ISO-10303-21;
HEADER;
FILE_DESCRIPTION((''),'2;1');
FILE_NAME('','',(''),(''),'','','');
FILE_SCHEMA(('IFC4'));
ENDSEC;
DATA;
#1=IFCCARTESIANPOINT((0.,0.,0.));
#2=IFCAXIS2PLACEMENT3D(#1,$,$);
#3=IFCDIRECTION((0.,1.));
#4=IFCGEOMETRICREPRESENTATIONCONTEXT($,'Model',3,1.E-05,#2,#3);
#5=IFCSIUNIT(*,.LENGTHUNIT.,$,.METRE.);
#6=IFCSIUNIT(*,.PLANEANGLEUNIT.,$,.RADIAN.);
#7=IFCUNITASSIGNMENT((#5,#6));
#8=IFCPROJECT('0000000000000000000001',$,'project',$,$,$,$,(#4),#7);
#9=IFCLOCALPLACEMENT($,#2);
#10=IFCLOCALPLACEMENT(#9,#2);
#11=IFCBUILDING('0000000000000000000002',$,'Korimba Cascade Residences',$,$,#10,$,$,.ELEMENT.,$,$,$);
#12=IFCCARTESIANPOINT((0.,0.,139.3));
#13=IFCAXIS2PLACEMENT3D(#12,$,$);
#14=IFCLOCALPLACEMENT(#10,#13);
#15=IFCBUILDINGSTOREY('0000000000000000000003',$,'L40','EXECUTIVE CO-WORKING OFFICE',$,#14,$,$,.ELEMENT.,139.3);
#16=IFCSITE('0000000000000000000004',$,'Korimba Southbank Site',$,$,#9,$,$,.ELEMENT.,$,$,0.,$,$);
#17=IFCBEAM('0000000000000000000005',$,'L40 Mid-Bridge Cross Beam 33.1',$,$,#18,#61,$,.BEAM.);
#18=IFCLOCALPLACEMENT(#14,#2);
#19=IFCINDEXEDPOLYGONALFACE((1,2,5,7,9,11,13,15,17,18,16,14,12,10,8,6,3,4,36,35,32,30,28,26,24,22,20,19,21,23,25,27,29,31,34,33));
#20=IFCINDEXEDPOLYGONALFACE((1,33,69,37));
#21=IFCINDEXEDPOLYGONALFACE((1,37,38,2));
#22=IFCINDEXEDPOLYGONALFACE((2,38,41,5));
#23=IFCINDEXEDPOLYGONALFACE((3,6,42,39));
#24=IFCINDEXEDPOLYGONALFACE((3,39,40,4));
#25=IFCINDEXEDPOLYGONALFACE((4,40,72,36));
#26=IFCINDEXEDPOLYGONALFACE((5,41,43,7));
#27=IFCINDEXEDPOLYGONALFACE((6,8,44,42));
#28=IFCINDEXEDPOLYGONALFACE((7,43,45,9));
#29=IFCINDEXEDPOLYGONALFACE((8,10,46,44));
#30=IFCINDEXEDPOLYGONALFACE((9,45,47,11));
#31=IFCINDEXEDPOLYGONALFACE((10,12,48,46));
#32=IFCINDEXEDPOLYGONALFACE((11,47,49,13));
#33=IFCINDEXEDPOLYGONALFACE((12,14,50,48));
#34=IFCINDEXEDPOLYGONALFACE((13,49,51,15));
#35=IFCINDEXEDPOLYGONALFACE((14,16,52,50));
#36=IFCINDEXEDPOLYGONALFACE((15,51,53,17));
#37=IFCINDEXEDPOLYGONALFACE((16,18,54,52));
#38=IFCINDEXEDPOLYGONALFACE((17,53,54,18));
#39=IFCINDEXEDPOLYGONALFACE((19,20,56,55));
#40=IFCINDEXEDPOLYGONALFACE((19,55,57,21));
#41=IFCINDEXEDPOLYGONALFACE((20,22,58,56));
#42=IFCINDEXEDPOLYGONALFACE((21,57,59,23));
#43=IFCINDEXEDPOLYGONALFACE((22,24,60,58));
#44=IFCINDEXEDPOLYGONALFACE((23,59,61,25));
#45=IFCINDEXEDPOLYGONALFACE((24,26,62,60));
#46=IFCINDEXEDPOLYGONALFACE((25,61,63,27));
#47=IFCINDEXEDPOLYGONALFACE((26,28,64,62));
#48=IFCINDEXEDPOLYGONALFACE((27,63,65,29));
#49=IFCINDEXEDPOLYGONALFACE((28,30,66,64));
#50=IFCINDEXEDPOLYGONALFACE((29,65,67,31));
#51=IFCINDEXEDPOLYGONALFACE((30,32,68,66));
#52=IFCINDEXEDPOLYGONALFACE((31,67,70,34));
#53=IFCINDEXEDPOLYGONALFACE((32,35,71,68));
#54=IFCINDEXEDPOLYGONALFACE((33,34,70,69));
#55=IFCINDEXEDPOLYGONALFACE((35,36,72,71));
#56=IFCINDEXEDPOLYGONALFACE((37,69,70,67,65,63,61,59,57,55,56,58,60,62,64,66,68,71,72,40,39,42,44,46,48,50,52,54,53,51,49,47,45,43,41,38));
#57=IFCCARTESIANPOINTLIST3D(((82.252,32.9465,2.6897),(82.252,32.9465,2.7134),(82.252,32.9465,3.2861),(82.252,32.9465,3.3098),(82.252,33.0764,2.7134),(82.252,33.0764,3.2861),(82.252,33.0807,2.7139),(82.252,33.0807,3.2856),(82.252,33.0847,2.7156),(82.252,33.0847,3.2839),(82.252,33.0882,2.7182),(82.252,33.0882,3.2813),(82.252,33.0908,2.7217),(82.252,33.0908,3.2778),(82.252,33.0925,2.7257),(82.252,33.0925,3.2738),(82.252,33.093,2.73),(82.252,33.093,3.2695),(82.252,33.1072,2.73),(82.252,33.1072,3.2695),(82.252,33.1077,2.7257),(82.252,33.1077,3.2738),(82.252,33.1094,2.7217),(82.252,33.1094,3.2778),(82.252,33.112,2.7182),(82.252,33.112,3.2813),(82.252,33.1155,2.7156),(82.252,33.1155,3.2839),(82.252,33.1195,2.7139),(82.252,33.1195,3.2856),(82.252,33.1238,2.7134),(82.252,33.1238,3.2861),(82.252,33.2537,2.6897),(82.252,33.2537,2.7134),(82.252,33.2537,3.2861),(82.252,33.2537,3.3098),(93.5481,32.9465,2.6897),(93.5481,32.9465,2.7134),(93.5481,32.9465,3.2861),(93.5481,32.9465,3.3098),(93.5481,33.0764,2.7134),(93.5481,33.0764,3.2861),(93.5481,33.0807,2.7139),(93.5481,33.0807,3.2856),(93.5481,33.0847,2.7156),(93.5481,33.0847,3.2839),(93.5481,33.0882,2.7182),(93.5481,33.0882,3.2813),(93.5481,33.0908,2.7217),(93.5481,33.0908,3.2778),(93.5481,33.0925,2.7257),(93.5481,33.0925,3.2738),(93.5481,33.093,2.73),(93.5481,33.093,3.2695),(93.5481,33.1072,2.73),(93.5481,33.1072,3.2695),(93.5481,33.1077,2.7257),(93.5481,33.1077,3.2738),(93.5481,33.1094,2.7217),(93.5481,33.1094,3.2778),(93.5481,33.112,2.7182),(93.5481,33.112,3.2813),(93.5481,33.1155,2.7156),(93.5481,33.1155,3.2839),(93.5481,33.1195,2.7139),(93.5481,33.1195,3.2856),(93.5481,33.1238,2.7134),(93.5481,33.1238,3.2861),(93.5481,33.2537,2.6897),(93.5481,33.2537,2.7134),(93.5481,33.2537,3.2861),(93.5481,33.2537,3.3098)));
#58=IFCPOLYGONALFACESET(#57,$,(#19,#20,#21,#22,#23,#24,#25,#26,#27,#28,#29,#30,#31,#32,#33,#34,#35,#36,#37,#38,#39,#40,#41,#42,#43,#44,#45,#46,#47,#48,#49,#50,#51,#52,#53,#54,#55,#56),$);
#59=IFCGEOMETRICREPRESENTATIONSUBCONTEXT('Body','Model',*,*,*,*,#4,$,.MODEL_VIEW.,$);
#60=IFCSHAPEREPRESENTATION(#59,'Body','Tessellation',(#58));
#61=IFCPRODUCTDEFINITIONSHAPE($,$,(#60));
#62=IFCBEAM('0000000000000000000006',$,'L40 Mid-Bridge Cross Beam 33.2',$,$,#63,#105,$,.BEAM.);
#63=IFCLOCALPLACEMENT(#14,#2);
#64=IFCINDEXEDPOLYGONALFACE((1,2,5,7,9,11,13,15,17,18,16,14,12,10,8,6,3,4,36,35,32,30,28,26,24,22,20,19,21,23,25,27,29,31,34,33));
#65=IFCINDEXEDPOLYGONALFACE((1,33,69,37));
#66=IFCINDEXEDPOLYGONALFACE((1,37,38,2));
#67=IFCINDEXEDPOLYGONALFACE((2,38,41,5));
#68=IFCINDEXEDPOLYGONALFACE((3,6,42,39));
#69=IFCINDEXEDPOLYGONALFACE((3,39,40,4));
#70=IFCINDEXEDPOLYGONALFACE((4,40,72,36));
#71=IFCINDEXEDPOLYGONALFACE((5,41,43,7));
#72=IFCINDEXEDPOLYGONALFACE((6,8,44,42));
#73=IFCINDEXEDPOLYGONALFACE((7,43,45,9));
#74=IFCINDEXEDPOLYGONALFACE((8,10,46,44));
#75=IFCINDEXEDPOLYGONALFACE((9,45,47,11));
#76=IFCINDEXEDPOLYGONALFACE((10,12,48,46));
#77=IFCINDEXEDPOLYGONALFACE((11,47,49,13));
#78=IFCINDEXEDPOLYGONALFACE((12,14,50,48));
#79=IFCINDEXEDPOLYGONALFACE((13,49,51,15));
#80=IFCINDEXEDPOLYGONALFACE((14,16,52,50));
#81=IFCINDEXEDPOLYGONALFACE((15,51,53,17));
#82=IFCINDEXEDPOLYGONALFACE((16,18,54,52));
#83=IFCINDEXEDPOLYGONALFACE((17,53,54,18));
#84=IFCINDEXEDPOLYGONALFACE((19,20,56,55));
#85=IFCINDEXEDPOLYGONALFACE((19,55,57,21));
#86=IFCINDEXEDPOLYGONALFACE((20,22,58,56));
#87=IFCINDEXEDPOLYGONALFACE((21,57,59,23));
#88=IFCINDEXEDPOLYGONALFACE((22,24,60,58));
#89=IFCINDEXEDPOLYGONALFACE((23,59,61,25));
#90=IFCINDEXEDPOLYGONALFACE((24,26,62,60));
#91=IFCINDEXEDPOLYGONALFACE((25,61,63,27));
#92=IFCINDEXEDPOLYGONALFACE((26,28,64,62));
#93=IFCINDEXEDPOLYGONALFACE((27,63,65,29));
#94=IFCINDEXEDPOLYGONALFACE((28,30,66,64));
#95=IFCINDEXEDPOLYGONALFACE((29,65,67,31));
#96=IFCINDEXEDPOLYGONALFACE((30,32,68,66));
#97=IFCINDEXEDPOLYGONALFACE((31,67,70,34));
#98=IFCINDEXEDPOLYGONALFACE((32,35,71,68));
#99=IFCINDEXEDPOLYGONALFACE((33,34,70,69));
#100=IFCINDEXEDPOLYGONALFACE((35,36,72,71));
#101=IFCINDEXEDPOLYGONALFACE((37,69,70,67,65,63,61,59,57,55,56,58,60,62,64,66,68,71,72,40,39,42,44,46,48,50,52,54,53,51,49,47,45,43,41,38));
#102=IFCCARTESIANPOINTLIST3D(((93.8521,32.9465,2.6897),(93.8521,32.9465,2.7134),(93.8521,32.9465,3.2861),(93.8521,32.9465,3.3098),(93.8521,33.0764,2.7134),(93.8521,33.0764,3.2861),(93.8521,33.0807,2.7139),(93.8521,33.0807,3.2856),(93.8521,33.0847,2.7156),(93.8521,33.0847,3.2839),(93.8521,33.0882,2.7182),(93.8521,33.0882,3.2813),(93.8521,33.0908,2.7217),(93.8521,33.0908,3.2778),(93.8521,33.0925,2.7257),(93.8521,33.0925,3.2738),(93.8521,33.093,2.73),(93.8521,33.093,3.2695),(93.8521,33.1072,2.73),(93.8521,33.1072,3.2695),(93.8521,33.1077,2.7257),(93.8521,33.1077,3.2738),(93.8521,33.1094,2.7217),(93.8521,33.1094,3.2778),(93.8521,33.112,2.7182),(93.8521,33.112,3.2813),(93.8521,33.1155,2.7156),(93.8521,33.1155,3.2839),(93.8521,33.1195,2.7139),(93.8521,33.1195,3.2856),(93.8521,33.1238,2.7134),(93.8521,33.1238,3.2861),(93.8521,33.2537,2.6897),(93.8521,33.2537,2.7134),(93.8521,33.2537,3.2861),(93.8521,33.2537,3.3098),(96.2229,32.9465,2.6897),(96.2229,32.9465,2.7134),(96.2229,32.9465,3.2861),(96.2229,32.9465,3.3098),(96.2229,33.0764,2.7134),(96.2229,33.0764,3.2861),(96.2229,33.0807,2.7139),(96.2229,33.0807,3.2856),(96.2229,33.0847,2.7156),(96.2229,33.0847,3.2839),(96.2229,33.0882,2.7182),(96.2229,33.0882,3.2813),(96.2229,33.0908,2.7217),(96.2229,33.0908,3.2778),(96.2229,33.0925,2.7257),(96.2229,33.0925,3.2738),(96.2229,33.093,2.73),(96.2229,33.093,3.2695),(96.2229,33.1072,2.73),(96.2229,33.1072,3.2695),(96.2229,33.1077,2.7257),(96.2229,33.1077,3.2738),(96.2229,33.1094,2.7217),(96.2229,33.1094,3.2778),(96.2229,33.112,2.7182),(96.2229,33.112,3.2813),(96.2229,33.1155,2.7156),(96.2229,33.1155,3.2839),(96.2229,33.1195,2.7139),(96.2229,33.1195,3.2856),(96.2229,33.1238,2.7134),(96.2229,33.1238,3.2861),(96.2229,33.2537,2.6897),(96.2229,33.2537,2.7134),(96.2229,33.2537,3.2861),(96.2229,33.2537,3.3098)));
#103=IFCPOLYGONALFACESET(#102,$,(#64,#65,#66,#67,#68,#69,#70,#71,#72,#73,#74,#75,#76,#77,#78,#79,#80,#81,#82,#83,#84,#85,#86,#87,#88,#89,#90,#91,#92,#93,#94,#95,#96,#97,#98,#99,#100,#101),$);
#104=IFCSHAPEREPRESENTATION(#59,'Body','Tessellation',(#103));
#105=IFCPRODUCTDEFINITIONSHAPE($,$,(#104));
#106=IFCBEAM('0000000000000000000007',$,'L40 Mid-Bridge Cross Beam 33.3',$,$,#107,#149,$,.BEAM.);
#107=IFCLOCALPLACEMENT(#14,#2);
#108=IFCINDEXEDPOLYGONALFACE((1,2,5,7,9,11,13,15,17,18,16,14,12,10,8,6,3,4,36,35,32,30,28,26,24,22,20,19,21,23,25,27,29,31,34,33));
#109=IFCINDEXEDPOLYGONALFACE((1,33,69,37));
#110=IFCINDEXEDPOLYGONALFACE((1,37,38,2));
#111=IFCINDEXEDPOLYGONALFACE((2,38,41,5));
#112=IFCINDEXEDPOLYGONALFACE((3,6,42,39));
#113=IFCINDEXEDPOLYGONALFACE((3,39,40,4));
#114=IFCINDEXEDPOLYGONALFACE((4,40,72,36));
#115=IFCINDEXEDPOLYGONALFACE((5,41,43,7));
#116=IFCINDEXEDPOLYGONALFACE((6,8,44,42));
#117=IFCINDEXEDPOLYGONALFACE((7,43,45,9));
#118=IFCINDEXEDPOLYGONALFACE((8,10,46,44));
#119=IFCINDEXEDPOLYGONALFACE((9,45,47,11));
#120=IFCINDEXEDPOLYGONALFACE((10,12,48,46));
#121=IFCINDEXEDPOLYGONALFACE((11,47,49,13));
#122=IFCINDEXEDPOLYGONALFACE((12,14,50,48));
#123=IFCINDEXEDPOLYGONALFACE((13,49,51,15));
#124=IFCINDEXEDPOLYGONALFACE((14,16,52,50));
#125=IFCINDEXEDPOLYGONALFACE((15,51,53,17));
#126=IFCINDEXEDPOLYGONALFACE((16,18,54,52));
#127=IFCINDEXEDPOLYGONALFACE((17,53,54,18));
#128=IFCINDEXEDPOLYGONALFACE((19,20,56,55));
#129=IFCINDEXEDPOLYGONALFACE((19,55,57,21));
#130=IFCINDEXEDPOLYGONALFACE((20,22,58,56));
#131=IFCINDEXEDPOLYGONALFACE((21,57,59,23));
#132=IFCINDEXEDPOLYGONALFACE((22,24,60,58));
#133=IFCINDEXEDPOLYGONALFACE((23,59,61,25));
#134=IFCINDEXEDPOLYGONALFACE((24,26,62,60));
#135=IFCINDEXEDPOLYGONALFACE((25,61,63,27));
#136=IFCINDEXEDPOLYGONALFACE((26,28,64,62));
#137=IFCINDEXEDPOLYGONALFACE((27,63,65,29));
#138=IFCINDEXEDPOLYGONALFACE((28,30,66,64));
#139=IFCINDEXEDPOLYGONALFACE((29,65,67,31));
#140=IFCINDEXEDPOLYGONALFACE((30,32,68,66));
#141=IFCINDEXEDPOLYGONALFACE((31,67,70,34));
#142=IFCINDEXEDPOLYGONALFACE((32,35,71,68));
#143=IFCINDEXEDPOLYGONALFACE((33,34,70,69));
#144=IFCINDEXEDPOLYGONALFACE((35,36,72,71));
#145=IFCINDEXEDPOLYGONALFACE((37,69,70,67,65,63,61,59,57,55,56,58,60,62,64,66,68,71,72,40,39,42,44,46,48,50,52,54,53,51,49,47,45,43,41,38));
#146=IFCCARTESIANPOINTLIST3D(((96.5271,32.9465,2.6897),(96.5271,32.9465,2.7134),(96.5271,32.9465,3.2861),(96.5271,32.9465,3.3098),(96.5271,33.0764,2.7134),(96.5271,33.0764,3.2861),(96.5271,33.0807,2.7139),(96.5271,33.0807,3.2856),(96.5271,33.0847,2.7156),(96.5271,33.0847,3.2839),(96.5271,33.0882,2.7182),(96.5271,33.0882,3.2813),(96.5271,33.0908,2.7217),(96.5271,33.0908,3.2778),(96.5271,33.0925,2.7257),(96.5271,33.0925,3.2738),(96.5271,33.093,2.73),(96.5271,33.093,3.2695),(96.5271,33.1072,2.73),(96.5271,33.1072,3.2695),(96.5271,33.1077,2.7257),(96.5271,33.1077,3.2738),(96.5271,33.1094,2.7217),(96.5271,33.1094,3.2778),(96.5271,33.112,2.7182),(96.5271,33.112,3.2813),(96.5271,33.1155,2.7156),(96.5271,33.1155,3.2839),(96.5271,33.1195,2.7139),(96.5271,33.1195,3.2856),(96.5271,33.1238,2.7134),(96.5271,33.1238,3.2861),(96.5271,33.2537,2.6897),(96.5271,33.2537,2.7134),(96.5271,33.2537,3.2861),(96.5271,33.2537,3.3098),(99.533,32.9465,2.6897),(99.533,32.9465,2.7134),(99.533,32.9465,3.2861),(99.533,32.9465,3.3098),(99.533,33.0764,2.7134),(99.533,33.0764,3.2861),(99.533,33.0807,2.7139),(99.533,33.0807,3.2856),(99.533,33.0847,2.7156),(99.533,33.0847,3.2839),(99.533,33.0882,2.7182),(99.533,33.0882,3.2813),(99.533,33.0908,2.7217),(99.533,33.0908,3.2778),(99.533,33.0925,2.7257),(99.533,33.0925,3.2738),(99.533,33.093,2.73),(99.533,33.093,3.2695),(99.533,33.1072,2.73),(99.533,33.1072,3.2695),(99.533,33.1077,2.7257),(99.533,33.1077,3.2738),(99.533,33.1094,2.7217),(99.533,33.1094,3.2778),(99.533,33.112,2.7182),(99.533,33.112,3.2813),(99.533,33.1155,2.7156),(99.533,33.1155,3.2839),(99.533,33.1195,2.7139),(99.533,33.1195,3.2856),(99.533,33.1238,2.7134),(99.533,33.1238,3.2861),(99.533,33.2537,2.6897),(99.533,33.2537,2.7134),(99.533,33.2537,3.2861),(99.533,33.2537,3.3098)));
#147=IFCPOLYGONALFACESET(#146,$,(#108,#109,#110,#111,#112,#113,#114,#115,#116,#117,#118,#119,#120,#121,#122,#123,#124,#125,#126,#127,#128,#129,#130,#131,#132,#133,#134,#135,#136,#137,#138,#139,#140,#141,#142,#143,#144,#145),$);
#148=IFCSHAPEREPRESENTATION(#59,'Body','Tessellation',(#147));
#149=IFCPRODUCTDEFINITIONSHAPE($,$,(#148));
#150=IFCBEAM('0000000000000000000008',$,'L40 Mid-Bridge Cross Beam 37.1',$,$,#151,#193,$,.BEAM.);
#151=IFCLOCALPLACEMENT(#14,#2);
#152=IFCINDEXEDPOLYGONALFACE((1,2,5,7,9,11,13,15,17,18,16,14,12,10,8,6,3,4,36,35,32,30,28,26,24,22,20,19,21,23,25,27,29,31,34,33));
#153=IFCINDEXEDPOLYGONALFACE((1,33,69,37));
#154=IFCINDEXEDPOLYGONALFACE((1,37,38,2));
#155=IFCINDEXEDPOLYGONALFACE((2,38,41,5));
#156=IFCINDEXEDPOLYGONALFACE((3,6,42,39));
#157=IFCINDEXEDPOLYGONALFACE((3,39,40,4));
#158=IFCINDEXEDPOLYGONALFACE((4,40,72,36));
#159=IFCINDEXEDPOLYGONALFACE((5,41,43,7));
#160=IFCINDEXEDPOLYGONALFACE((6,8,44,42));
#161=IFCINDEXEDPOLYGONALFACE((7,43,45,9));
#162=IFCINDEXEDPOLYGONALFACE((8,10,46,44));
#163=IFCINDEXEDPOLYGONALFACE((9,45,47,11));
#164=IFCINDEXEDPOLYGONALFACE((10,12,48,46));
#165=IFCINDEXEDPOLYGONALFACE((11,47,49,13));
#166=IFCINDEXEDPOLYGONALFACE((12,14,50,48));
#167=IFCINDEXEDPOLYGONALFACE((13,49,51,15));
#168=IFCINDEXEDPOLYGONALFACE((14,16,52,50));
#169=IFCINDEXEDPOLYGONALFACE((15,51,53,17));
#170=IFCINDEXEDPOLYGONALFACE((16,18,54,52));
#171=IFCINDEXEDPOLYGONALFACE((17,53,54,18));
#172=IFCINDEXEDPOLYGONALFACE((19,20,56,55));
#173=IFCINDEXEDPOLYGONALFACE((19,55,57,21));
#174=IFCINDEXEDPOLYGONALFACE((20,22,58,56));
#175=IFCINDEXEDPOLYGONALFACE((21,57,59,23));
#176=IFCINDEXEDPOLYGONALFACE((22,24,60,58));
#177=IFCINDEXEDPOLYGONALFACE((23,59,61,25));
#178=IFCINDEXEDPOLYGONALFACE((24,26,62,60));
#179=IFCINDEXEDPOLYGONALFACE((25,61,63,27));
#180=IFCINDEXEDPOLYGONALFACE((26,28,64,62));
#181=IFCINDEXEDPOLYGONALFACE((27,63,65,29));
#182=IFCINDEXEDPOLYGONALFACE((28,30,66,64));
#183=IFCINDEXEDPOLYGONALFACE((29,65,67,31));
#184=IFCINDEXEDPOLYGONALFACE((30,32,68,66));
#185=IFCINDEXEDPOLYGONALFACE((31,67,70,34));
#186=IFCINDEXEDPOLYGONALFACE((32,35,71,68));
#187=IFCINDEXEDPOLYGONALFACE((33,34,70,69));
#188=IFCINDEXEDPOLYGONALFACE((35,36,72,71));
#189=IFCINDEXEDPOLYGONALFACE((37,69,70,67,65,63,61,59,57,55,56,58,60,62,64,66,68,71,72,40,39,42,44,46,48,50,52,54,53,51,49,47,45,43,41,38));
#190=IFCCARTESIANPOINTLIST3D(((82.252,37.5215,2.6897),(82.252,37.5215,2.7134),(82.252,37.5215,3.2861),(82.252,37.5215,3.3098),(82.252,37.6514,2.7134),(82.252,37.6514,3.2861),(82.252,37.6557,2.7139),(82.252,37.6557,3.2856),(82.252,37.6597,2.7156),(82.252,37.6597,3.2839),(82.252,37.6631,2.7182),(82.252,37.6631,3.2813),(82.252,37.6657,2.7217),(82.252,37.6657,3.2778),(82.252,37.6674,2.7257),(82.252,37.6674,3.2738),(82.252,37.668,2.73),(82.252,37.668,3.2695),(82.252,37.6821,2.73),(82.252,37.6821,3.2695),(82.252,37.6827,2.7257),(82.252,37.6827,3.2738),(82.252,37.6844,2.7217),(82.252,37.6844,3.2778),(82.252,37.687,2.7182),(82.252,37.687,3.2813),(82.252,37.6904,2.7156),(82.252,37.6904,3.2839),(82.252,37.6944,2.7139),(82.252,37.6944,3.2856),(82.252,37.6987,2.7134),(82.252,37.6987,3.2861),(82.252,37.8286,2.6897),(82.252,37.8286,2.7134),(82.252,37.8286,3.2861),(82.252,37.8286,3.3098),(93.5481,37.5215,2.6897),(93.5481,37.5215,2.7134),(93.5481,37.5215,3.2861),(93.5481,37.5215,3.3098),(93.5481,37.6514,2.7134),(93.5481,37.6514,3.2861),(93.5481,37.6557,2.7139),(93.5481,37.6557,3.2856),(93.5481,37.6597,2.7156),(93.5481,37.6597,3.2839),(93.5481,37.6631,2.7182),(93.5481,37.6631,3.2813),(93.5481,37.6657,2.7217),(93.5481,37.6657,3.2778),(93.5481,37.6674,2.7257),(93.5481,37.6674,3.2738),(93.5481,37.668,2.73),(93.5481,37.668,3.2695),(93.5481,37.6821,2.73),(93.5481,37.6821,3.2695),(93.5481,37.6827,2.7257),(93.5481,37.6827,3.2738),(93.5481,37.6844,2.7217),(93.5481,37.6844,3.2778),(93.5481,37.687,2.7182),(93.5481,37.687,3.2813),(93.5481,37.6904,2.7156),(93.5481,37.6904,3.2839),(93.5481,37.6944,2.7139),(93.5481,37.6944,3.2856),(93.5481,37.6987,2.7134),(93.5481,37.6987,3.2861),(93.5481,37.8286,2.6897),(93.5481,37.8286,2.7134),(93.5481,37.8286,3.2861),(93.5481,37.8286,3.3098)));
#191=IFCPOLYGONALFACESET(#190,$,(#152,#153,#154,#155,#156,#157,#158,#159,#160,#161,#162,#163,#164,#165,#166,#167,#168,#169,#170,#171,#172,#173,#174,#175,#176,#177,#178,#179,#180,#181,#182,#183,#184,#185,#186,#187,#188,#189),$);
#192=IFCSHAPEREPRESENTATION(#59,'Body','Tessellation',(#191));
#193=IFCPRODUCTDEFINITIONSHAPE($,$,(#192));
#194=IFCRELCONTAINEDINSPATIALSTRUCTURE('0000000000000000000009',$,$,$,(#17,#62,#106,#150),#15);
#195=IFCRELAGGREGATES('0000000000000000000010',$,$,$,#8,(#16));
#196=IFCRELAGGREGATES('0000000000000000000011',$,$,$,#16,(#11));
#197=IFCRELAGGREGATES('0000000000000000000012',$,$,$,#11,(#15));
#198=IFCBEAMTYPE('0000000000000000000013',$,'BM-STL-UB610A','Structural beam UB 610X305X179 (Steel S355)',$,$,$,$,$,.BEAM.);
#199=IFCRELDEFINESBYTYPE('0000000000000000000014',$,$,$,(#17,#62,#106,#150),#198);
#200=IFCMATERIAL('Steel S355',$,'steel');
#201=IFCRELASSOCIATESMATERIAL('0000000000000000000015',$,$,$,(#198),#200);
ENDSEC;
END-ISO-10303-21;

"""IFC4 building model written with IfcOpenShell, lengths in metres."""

from ifc_helpers import new_model, si_unit, direction, frame, origin, origin_2d, place, context, subcontext, project, spatial, i_section, extrude, material, material_profile, profile_set, type_object, element, save


model = new_model("IFC4")

# Units and contexts
model_context = context("Model", 3, precision=1e-05, world=origin(), true_north=direction((0.0, 1.0)))
body_context = subcontext(model_context, "Body", "Model", "MODEL_VIEW")
ifc_project = project(units=[si_unit("LENGTHUNIT", "METRE"), si_unit("PLANEANGLEUNIT", "RADIAN")], contexts=[model_context])

# Site, building, storey
site_placement = place(None, origin())
site = spatial("IfcSite", under=ifc_project, at=site_placement, Name="Korimba Southbank Site", CompositionType="ELEMENT", RefElevation=0.0)
building_placement = place(site_placement, origin())
building = spatial("IfcBuilding", under=site, at=building_placement, Name="Korimba Cascade Residences", CompositionType="ELEMENT")
storey_placement = place(building_placement, frame((0.0, 0.0, 139.3)))
storey = spatial("IfcBuildingStorey", under=building, at=storey_placement, Name="L40", Description="EXECUTIVE CO-WORKING OFFICE", CompositionType="ELEMENT", Elevation=139.3)

# Beams
ifc_material_1 = material(Name="Steel S355", Category="steel")
ifc_material_profile_1 = material_profile(ifc_material_1, i_section(OverallWidth=0.3071, OverallDepth=0.6201, WebThickness=0.0142, FlangeThickness=0.0237, FilletRadius=0.0166, at=origin_2d()), Name="Steel S355")
ifc_profile_set_1 = profile_set([ifc_material_profile_1], Name="Steel S355")
beam_type = type_object("IfcBeamType", Name="BM-STL-UB610A", Description="Structural beam UB 610X305X179 (Steel S355)", PredefinedType="BEAM", material=ifc_profile_set_1)
beam_1_placement = place(storey_placement, frame((82.252, 33.1001, 2.9998), z_axis=(1.0, 0.0, 0.0), x_axis=(0.0, 1.0, 0.0)))
element("IfcBeam", 1, at=beam_1_placement, inside=storey, type_object=beam_type, Name="L40 Mid-Bridge Cross Beam 33.1", PredefinedType="BEAM", context=body_context, shape_type="SweptSolid", body=[
    extrude(i_section(OverallWidth=0.3071, OverallDepth=0.6201, WebThickness=0.0142, FlangeThickness=0.0237, FilletRadius=0.0166, at=origin_2d()), origin(), (0.0, 0.0, 1.0), 11.2961),
])
beam_2_placement = place(storey_placement, frame((93.8521, 33.1001, 2.9998), z_axis=(1.0, 0.0, 0.0), x_axis=(0.0, 1.0, 0.0)))
element("IfcBeam", 2, at=beam_2_placement, inside=storey, type_object=beam_type, Name="L40 Mid-Bridge Cross Beam 33.2", PredefinedType="BEAM", context=body_context, shape_type="SweptSolid", body=[
    extrude(i_section(OverallWidth=0.3071, OverallDepth=0.6201, WebThickness=0.0142, FlangeThickness=0.0237, FilletRadius=0.0166, at=origin_2d()), origin(), (0.0, 0.0, 1.0), 2.3708),
])
beam_3_placement = place(storey_placement, frame((96.5271, 33.1001, 2.9998), z_axis=(1.0, 0.0, 0.0), x_axis=(0.0, 1.0, 0.0)))
element("IfcBeam", 3, at=beam_3_placement, inside=storey, type_object=beam_type, Name="L40 Mid-Bridge Cross Beam 33.3", PredefinedType="BEAM", context=body_context, shape_type="SweptSolid", body=[
    extrude(i_section(OverallWidth=0.3071, OverallDepth=0.6201, WebThickness=0.0142, FlangeThickness=0.0237, FilletRadius=0.0166, at=origin_2d()), origin(), (0.0, 0.0, 1.0), 3.0059),
])
beam_4_placement = place(storey_placement, frame((82.252, 37.675, 2.9998), z_axis=(1.0, 0.0, 0.0), x_axis=(0.0, 1.0, 0.0)))
element("IfcBeam", 4, at=beam_4_placement, inside=storey, type_object=beam_type, Name="L40 Mid-Bridge Cross Beam 37.1", PredefinedType="BEAM", context=body_context, shape_type="SweptSolid", body=[
    extrude(i_section(OverallWidth=0.3071, OverallDepth=0.6201, WebThickness=0.0142, FlangeThickness=0.0237, FilletRadius=0.0166, at=origin_2d()), origin(), (0.0, 0.0, 1.0), 11.2961),
])

save(model, "model.ifc")
